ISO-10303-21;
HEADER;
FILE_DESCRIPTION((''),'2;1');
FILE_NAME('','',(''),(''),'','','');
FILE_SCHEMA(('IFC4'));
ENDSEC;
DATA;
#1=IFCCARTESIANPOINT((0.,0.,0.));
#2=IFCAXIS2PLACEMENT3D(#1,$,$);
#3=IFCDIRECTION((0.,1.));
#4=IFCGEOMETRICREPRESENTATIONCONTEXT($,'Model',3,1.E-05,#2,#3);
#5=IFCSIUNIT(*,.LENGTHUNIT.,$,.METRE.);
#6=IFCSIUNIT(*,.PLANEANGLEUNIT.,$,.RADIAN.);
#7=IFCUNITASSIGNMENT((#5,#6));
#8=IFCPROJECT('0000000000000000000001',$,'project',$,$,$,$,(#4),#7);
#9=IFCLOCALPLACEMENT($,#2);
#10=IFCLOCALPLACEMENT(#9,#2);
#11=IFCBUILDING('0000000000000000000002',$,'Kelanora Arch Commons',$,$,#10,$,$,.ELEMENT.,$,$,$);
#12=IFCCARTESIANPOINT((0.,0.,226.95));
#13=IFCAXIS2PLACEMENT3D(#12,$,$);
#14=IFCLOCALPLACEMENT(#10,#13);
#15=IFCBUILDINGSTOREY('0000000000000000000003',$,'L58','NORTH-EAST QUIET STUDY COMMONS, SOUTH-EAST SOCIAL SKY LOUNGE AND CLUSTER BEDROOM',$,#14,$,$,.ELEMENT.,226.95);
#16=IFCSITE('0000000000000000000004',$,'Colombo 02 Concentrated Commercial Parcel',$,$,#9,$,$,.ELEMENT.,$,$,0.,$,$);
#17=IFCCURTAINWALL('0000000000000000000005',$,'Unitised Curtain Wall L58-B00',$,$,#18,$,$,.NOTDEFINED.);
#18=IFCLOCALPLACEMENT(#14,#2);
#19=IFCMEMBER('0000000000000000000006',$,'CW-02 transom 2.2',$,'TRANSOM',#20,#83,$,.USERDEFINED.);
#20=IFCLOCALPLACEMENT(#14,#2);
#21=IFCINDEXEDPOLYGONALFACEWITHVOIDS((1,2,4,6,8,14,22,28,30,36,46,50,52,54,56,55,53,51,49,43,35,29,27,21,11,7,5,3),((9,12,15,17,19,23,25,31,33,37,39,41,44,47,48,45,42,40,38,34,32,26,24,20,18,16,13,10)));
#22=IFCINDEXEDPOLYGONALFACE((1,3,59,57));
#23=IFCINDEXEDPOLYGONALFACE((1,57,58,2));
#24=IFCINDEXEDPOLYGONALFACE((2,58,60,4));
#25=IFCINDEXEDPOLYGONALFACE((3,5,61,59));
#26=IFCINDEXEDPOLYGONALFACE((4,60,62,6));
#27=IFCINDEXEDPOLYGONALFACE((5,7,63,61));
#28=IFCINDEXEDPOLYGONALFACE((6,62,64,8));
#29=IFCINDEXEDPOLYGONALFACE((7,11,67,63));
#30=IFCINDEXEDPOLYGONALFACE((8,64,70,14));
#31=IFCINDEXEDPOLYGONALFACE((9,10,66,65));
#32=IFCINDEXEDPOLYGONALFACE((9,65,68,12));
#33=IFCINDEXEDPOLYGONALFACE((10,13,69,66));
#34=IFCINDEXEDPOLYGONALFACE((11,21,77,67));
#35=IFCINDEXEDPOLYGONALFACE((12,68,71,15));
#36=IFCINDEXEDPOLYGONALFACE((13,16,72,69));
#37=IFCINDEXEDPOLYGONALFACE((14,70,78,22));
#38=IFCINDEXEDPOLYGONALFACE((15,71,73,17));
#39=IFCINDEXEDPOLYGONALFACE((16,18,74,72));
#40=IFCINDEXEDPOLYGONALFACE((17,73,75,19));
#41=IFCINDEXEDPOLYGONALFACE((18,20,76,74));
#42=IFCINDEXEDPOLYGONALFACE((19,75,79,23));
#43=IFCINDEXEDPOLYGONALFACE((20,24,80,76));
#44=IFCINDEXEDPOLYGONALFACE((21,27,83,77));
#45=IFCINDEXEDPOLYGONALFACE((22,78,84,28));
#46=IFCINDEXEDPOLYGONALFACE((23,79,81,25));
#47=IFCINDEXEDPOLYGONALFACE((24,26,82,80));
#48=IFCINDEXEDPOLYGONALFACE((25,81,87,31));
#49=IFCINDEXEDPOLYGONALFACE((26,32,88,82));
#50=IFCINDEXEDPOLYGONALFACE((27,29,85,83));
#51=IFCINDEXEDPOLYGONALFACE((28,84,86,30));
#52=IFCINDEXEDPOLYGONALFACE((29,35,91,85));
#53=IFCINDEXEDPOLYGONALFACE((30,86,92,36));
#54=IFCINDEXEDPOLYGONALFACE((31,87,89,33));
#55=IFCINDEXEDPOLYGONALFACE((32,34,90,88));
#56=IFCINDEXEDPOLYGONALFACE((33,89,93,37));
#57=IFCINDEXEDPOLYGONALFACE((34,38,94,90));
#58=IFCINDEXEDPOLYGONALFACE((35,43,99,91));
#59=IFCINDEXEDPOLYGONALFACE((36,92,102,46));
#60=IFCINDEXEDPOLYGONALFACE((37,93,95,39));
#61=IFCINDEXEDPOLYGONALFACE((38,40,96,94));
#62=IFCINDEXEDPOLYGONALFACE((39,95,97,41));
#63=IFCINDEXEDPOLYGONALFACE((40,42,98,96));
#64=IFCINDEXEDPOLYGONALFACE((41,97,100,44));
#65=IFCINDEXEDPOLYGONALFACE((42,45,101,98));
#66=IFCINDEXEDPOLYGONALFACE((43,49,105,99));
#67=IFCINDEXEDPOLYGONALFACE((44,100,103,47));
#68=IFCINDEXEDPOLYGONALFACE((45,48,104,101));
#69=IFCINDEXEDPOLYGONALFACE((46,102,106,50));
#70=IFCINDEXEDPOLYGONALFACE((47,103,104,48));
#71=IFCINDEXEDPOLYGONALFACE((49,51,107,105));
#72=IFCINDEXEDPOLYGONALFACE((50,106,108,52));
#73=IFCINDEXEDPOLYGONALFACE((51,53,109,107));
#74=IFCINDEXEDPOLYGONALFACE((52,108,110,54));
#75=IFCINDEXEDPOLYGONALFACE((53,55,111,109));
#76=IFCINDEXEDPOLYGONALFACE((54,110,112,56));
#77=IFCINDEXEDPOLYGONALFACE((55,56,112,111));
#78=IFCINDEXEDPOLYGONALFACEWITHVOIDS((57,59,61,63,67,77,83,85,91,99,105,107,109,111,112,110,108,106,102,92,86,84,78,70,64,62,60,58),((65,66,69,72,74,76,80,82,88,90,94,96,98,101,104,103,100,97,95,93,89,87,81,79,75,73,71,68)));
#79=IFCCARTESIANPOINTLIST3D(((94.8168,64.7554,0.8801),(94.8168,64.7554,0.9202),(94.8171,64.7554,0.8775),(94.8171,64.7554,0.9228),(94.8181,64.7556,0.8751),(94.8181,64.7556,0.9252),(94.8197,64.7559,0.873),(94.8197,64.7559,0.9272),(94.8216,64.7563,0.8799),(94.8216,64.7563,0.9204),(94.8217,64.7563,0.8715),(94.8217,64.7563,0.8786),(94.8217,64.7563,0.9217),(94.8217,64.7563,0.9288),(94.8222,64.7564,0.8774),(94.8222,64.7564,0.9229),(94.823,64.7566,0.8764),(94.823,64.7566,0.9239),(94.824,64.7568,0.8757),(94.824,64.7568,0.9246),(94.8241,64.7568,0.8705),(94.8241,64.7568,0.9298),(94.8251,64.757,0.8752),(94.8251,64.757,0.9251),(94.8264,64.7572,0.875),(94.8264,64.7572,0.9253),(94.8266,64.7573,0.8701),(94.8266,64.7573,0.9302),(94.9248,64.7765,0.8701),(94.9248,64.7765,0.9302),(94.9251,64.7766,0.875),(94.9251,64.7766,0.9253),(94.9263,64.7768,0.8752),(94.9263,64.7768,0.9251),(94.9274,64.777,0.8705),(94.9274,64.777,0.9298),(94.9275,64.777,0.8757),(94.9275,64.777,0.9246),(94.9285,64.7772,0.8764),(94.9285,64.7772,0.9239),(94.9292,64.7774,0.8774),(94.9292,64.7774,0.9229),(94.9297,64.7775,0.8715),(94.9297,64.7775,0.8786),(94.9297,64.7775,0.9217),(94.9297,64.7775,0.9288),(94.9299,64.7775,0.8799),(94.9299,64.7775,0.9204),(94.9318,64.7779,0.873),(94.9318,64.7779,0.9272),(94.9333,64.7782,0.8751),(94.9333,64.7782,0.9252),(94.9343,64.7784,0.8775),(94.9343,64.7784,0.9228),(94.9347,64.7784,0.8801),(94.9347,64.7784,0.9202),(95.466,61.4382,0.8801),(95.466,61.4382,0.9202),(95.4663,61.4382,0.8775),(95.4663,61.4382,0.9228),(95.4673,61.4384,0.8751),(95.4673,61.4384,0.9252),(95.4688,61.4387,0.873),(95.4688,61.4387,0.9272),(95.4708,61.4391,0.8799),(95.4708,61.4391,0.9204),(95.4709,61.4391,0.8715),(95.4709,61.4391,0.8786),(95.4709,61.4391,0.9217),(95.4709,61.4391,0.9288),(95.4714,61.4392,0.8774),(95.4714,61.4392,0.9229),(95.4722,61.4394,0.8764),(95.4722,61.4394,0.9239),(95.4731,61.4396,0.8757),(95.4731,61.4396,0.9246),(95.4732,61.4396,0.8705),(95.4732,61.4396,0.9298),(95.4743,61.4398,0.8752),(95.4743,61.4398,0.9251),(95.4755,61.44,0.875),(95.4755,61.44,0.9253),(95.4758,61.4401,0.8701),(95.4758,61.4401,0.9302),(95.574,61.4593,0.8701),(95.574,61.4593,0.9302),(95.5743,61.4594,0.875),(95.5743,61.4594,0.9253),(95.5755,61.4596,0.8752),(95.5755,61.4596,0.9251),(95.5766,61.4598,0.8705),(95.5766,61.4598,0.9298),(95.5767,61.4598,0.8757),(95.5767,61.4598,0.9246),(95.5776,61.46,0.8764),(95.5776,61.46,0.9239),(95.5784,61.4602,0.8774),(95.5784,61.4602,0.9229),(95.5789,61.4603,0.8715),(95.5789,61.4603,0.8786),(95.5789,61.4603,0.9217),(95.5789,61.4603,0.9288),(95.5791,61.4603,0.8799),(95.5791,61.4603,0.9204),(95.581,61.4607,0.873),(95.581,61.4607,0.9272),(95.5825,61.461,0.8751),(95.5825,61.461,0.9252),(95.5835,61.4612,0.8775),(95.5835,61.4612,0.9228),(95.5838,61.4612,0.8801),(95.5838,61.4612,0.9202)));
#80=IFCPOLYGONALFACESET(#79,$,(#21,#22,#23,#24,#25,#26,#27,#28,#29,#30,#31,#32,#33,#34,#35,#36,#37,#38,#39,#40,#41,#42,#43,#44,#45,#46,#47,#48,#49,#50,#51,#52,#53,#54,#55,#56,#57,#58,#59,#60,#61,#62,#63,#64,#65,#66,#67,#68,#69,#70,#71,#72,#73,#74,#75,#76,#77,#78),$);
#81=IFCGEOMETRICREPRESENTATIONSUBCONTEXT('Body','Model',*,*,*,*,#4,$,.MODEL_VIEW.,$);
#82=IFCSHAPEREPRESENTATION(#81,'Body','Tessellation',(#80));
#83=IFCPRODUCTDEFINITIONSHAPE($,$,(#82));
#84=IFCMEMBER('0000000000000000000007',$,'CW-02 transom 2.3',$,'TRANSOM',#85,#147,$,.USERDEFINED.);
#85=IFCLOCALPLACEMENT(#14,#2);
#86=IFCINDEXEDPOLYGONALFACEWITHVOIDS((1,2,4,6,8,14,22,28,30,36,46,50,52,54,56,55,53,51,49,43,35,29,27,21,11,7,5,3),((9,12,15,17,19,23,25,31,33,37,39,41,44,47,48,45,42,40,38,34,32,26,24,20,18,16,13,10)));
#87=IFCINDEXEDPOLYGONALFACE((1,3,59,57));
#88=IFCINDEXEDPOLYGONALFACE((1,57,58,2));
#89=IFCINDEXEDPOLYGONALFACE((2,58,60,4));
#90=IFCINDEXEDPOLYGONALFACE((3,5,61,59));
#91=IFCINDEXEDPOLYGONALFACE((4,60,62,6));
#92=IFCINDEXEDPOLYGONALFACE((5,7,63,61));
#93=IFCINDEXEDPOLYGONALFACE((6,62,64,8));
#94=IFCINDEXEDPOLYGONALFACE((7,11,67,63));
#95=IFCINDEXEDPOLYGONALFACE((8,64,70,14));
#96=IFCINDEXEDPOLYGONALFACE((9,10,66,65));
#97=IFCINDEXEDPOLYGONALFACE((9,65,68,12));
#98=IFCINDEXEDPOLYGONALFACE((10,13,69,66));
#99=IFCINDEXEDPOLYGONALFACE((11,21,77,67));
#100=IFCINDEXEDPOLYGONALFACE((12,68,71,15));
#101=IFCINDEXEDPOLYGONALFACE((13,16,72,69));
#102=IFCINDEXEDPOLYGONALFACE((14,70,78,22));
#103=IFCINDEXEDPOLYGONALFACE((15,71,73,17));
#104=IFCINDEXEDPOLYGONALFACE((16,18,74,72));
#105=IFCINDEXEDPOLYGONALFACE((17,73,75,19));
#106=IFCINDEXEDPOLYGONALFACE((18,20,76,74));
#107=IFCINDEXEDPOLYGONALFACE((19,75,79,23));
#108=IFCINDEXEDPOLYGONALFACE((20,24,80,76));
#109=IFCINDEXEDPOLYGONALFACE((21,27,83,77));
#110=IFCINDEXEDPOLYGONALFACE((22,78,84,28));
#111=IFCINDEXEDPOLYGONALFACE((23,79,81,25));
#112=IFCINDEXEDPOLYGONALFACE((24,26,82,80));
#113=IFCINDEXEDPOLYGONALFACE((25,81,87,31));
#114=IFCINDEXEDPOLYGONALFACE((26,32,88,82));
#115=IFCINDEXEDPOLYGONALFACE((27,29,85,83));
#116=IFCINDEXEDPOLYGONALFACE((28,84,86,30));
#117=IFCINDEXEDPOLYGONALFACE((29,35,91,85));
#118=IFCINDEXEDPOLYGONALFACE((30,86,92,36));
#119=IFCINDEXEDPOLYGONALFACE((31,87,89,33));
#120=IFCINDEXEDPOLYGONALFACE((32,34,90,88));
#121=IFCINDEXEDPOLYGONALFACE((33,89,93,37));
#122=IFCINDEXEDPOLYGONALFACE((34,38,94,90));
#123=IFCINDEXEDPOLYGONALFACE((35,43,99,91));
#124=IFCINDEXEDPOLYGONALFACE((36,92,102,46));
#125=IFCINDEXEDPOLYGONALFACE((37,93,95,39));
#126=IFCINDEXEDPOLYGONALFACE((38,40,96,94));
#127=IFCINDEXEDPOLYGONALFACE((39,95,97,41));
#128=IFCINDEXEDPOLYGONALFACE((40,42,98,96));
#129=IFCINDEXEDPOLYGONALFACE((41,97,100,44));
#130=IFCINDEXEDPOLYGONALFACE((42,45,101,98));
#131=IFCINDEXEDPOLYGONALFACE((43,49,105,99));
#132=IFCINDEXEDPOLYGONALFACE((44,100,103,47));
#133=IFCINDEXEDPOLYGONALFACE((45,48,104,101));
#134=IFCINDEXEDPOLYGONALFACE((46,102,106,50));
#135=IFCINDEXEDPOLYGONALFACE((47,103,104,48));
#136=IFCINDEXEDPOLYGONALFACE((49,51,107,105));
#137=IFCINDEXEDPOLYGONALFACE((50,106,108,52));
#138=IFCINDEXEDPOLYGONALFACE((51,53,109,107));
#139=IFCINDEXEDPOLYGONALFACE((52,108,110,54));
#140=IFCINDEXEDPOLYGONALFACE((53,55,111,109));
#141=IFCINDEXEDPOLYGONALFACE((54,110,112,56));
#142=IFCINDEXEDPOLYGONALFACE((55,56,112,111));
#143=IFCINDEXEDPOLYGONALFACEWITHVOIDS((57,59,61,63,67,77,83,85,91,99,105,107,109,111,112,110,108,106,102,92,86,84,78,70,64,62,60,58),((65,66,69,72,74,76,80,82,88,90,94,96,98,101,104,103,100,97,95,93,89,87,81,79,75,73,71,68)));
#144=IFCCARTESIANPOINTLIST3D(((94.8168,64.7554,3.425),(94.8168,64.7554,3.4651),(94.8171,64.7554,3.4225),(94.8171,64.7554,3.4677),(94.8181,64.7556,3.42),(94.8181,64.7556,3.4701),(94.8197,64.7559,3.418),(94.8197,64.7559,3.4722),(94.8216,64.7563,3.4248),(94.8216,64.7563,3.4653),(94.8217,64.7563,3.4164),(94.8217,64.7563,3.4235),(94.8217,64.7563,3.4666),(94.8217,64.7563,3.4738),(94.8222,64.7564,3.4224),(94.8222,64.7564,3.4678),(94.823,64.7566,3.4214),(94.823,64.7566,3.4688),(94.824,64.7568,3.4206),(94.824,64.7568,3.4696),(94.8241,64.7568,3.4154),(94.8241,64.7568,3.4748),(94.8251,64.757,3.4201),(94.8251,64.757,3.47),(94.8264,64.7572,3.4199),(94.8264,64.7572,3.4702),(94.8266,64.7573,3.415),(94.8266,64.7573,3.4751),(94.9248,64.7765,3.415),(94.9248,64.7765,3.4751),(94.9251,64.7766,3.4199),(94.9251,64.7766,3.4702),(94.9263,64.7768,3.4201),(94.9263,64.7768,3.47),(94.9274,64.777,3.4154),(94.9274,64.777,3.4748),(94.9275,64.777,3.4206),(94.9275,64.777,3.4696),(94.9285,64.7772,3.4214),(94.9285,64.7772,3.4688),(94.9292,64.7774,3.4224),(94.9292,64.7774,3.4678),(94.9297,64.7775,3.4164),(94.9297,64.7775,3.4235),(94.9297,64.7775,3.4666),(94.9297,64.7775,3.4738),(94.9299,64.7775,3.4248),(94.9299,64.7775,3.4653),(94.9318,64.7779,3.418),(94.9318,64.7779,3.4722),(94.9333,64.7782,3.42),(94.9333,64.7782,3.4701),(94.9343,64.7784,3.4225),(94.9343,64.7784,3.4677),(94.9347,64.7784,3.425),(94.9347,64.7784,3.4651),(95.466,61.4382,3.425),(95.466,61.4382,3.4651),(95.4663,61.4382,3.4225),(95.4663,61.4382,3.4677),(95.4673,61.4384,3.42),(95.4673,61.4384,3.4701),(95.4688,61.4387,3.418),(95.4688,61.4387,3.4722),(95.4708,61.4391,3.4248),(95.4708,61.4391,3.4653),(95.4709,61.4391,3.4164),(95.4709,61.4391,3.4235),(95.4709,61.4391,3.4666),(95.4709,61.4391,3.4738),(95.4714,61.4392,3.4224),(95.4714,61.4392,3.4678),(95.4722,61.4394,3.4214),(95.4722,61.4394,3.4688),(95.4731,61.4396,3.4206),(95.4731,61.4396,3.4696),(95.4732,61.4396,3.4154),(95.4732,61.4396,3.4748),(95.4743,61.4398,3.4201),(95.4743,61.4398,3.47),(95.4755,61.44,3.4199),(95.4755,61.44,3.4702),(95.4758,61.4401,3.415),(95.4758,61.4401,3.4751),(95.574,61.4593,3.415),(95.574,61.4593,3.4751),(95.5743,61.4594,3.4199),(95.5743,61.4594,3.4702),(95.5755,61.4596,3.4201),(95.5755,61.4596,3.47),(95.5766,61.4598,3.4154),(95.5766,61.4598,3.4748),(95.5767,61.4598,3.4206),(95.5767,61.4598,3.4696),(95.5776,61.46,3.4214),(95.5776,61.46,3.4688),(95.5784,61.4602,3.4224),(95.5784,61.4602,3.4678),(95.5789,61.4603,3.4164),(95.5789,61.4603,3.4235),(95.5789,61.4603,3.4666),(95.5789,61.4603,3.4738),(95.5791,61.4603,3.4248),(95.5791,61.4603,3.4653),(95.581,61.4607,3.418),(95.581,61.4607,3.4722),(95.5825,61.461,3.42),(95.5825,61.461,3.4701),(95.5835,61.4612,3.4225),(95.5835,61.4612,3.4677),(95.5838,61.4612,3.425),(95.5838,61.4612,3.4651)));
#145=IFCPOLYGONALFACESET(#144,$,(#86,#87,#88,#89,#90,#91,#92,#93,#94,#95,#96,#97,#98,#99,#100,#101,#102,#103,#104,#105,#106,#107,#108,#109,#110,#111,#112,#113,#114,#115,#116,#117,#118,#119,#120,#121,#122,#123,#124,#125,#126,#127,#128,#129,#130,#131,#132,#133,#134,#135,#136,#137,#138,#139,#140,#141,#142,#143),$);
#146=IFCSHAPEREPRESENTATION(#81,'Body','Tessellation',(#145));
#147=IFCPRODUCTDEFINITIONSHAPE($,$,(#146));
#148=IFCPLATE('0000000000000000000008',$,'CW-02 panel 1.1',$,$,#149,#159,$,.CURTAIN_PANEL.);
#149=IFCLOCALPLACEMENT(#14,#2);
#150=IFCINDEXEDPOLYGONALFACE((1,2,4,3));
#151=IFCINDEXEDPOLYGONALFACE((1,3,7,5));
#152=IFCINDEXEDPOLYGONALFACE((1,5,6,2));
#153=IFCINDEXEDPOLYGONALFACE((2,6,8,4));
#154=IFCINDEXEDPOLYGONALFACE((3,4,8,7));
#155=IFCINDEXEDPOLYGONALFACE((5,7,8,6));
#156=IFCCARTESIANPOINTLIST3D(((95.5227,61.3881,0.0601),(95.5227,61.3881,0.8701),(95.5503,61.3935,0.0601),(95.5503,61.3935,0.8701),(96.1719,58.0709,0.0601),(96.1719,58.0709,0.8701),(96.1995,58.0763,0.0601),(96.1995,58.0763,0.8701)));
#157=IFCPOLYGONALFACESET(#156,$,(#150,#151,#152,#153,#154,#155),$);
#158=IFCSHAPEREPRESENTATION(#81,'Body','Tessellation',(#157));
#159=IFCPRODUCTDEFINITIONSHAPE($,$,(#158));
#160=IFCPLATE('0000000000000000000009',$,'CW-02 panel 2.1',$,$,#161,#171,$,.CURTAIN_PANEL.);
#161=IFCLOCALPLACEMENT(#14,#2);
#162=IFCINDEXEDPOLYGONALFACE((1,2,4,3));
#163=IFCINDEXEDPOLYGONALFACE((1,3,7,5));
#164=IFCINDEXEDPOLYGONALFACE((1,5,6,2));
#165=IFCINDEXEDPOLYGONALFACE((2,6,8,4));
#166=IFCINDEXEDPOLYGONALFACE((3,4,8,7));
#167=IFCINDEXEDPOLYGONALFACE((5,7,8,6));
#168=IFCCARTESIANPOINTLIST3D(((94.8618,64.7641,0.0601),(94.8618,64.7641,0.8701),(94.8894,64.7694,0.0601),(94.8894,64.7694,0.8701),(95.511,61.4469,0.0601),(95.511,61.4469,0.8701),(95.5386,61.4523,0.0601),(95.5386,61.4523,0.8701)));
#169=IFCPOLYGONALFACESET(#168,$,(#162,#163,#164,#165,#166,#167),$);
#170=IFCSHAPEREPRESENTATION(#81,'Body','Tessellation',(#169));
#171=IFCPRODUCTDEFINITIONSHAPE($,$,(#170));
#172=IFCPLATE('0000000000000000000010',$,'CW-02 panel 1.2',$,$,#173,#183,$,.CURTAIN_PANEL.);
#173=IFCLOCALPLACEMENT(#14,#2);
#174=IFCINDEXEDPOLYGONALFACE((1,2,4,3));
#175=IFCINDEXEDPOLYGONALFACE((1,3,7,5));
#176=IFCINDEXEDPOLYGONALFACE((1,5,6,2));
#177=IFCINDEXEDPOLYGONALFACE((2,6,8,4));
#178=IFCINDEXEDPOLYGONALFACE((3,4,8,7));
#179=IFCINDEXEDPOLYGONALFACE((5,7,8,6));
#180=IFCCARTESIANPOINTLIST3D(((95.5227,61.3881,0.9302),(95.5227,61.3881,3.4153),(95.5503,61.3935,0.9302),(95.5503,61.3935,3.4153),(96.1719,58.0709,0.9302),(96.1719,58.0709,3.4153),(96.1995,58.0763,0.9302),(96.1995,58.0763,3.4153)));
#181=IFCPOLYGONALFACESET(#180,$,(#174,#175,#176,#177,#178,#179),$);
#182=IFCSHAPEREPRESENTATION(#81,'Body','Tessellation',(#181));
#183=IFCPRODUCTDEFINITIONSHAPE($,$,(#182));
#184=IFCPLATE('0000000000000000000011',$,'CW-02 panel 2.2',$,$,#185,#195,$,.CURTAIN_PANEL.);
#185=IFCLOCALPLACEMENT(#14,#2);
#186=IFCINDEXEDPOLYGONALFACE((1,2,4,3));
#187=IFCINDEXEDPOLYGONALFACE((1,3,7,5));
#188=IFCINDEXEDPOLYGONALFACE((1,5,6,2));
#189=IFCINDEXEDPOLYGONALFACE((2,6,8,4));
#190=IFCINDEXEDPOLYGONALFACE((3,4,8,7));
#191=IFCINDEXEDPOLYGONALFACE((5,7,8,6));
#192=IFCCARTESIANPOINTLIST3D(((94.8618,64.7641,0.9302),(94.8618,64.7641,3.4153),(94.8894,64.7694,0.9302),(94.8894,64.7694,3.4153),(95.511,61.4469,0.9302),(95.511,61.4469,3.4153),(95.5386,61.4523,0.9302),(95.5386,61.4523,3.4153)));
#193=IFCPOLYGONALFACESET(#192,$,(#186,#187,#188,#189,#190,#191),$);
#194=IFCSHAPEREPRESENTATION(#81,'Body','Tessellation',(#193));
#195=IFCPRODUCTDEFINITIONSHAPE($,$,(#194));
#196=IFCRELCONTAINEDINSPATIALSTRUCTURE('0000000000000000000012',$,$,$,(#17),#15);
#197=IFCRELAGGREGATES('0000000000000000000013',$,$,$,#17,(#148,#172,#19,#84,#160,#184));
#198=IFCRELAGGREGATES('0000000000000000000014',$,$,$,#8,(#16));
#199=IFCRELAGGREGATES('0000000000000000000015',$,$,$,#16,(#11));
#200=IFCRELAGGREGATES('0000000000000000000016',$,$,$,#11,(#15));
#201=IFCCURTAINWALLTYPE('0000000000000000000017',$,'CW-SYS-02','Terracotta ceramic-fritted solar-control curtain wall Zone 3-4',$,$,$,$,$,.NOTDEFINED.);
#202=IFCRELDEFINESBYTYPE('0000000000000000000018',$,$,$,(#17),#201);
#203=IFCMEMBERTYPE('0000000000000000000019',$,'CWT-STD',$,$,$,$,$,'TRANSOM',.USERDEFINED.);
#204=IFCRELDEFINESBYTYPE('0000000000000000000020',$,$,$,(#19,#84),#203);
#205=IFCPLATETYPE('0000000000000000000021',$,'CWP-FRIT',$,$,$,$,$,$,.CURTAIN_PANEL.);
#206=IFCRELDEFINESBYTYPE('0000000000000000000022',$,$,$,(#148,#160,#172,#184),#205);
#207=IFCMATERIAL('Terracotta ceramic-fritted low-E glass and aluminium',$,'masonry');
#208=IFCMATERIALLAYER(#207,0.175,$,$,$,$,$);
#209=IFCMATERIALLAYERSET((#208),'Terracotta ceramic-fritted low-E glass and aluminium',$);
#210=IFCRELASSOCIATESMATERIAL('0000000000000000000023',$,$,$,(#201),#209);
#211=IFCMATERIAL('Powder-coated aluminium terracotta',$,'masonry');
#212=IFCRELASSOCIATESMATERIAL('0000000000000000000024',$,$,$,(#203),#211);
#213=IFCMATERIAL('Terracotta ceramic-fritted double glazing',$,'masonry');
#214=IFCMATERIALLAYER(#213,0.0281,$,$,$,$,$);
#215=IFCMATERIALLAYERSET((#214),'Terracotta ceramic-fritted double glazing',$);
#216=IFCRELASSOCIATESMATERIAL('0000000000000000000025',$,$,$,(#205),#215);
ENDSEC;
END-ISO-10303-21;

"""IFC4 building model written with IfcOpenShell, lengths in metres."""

from ifc_helpers import new_model, si_unit, direction, frame, origin, origin_2d, place, context, subcontext, project, spatial, rectangle, hollow_rectangle, extrude, source, transform, mapped, material, layer, layer_set, material_profile, profile_set, type_object, element, aggregate, save


model = new_model("IFC4")

# Units and contexts
model_context = context("Model", 3, precision=1e-05, world=origin(), true_north=direction((0.0, 1.0)))
body_context = subcontext(model_context, "Body", "Model", "MODEL_VIEW")
ifc_project = project(units=[si_unit("LENGTHUNIT", "METRE"), si_unit("PLANEANGLEUNIT", "RADIAN")], contexts=[model_context])

# Site, building, storey
site_placement = place(None, origin())
site = spatial("IfcSite", under=ifc_project, at=site_placement, Name="Colombo 02 Concentrated Commercial Parcel", CompositionType="ELEMENT", RefElevation=0.0)
building_placement = place(site_placement, origin())
building = spatial("IfcBuilding", under=site, at=building_placement, Name="Kelanora Arch Commons", CompositionType="ELEMENT")
storey_placement = place(building_placement, frame((0.0, 0.0, 226.95)))
storey = spatial("IfcBuildingStorey", under=building, at=storey_placement, Name="L58", Description="NORTH-EAST QUIET STUDY COMMONS, SOUTH-EAST SOCIAL SKY LOUNGE AND CLUSTER BEDROOM", CompositionType="ELEMENT", Elevation=226.95)

# Curtain wall, members, plates
ifc_material_1 = material(Name="Terracotta ceramic-fritted low-E glass and aluminium", Category="masonry")
ifc_layer_1 = layer(ifc_material_1, 0.175)
ifc_layer_set_1 = layer_set([ifc_layer_1], Name="Terracotta ceramic-fritted low-E glass and aluminium")
curtain_wall_type = type_object("IfcCurtainWallType", Name="CW-SYS-02", Description="Terracotta ceramic-fritted solar-control curtain wall Zone 3-4", PredefinedType="NOTDEFINED", material=ifc_layer_set_1)
curtain_wall_placement = place(storey_placement, origin())
curtain_wall = element("IfcCurtainWall", 1, at=curtain_wall_placement, inside=storey, type_object=curtain_wall_type, Name="Unitised Curtain Wall L58-B00", PredefinedType="NOTDEFINED")
ifc_material_2 = material(Name="Powder-coated aluminium terracotta", Category="masonry")
ifc_material_profile_1 = material_profile(ifc_material_2, hollow_rectangle(XDim=0.1201, YDim=0.0601, WallThickness=0.0049, InnerFilletRadius=0.0049, OuterFilletRadius=0.01, at=origin_2d()), Name="CWT120x60")
ifc_profile_set_1 = profile_set([ifc_material_profile_1], Name="Powder-coated aluminium terracotta")
member_type_1 = type_object("IfcMemberType", Name="CWT-STD", ElementType="TRANSOM", PredefinedType="USERDEFINED", material=ifc_profile_set_1)
member_1_placement = place(storey_placement, frame((95.5249, 61.4497, 0.9001), z_axis=(-0.192058, 0.981383, 0.0), x_axis=(-0.981383, -0.192058, 0.0)))
member_1 = element("IfcMember", 2, at=member_1_placement, type_object=member_type_1, Name="CW-02 transom 2.2", ObjectType="TRANSOM", PredefinedType="USERDEFINED", context=body_context, shape_type="SweptSolid", body=[
    extrude(hollow_rectangle(XDim=0.1201, YDim=0.0601, WallThickness=0.0049, InnerFilletRadius=0.0049, OuterFilletRadius=0.01, at=origin_2d()), origin(), (0.0, 0.0, 1.0), 3.3801),
])
member_2_placement = place(storey_placement, frame((95.5249, 61.4497, 3.4451), z_axis=(-0.192058, 0.981383, 0.0), x_axis=(-0.981383, -0.192058, 0.0)))
member_2 = element("IfcMember", 3, at=member_2_placement, type_object=member_type_1, Name="CW-02 transom 2.3", ObjectType="TRANSOM", PredefinedType="USERDEFINED", context=body_context, shape_type="SweptSolid", body=[
    extrude(hollow_rectangle(XDim=0.1201, YDim=0.0601, WallThickness=0.0049, InnerFilletRadius=0.0049, OuterFilletRadius=0.01, at=origin_2d()), origin(), (0.0, 0.0, 1.0), 3.3801),
])
ifc_material_3 = material(Name="Terracotta ceramic-fritted double glazing", Category="masonry")
ifc_layer_2 = layer(ifc_material_3, 0.0281)
ifc_layer_set_2 = layer_set([ifc_layer_2], Name="Terracotta ceramic-fritted double glazing")
plate_type = type_object("IfcPlateType", Name="CWP-FRIT", PredefinedType="CURTAIN_PANEL", material=ifc_layer_set_2)
shared_shape_1 = source(origin(), body_context, "Body", "SweptSolid", [
    extrude(rectangle(XDim=3.3801, YDim=0.0281, at=origin_2d()), origin(), (0.0, 0.0, 1.0), 0.8101),
])
plate_1_placement = place(storey_placement, frame((95.8611, 59.7322, 0.0601), z_axis=(0.0, 0.0, 1.0), x_axis=(-0.192069, 0.981381, 0.0)))
plate_1 = element("IfcPlate", 4, at=plate_1_placement, type_object=plate_type, Name="CW-02 panel 1.1", PredefinedType="CURTAIN_PANEL", context=body_context, shape_type="MappedRepresentation", body=[
    mapped(shared_shape_1, transform((0.0, 0.0, 0.0), scale=1.0)),
])
plate_2_placement = place(storey_placement, frame((95.2002, 63.1082, 0.0601), z_axis=(0.0, 0.0, 1.0), x_axis=(-0.192069, 0.981381, 0.0)))
plate_2 = element("IfcPlate", 5, at=plate_2_placement, type_object=plate_type, Name="CW-02 panel 2.1", PredefinedType="CURTAIN_PANEL", context=body_context, shape_type="MappedRepresentation", body=[
    mapped(shared_shape_1, transform((0.0, 0.0, 0.0), scale=1.0)),
])
shared_shape_2 = source(origin(), body_context, "Body", "SweptSolid", [
    extrude(rectangle(XDim=3.3801, YDim=0.0281, at=origin_2d()), origin(), (0.0, 0.0, 1.0), 2.4851),
])
plate_3_placement = place(storey_placement, frame((95.8611, 59.7322, 0.9302), z_axis=(0.0, 0.0, 1.0), x_axis=(-0.192069, 0.981381, 0.0)))
plate_3 = element("IfcPlate", 6, at=plate_3_placement, type_object=plate_type, Name="CW-02 panel 1.2", PredefinedType="CURTAIN_PANEL", context=body_context, shape_type="MappedRepresentation", body=[
    mapped(shared_shape_2, transform((0.0, 0.0, 0.0), scale=1.0)),
])
plate_4_placement = place(storey_placement, frame((95.2002, 63.1082, 0.9302), z_axis=(0.0, 0.0, 1.0), x_axis=(-0.192069, 0.981381, 0.0)))
plate_4 = element("IfcPlate", 7, at=plate_4_placement, type_object=plate_type, Name="CW-02 panel 2.2", PredefinedType="CURTAIN_PANEL", context=body_context, shape_type="MappedRepresentation", body=[
    mapped(shared_shape_2, transform((0.0, 0.0, 0.0), scale=1.0)),
])
aggregate(curtain_wall, [plate_1, plate_3, member_1, member_2, plate_2, plate_4])

save(model, "model.ifc")
